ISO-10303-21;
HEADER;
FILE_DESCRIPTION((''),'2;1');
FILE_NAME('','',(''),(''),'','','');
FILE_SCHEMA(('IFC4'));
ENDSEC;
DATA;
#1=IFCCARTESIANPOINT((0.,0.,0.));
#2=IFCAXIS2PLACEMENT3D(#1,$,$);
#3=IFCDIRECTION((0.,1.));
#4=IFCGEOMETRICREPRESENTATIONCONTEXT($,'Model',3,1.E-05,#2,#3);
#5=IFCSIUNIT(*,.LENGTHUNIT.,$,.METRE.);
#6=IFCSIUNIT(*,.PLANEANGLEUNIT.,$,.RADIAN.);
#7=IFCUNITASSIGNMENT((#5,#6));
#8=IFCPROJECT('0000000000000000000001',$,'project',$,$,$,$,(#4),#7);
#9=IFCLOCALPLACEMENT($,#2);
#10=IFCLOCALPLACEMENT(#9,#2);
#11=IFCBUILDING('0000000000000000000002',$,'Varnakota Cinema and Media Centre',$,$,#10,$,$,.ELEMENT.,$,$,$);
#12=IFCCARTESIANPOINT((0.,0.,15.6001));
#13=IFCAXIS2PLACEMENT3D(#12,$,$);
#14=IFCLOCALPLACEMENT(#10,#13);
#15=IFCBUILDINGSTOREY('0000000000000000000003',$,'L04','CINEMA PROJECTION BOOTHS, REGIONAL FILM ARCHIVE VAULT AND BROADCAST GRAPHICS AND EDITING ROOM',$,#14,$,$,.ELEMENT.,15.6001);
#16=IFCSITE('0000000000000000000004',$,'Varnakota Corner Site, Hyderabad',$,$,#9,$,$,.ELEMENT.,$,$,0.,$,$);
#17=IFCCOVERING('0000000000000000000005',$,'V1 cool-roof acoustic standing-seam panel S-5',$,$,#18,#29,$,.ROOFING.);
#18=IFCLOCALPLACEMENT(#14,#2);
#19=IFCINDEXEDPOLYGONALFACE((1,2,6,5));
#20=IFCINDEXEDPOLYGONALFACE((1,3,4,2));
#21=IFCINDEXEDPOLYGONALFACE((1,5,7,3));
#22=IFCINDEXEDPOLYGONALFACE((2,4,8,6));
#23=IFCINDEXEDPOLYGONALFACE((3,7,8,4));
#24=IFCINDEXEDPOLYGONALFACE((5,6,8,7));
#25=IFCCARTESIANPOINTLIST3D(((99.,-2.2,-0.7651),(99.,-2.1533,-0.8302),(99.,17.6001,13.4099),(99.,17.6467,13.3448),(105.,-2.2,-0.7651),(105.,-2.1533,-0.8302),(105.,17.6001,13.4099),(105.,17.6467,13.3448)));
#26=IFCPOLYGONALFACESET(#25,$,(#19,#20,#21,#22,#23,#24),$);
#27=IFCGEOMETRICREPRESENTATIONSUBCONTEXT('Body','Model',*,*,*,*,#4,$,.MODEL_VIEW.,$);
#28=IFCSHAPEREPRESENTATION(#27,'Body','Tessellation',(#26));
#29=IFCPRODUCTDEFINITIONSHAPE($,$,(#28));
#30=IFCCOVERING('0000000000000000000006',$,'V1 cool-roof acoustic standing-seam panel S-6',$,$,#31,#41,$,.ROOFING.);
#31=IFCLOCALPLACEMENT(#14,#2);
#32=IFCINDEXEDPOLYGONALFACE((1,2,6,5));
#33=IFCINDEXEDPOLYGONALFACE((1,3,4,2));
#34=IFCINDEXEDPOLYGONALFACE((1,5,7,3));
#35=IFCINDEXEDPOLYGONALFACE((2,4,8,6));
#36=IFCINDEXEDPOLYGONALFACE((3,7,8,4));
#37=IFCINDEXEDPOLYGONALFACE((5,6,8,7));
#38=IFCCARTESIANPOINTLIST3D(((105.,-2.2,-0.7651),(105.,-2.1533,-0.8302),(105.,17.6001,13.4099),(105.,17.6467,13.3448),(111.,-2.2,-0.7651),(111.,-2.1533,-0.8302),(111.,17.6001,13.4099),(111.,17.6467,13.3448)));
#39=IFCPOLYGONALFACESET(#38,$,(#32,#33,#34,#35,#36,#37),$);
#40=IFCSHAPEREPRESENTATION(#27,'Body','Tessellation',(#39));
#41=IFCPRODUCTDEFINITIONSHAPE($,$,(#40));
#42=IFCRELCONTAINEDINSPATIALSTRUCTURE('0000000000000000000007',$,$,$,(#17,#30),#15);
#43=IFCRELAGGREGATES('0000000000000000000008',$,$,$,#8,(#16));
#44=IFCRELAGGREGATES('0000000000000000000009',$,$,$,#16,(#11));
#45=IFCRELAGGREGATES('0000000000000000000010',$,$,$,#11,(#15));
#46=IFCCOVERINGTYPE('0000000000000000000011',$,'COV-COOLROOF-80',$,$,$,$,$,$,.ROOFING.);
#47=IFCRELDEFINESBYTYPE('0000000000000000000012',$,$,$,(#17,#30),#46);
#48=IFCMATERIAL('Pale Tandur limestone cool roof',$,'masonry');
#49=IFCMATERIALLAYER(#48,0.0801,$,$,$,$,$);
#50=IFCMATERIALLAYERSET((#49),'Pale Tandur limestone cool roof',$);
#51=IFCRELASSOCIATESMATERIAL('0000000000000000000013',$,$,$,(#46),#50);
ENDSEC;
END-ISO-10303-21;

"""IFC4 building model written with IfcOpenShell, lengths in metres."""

from ifc_helpers import new_model, si_unit, direction, frame, origin, place, context, subcontext, project, spatial, polyline, outline, extrude, material, layer, layer_set, type_object, element, save


model = new_model("IFC4")

# Units and contexts
model_context = context("Model", 3, precision=1e-05, world=origin(), true_north=direction((0.0, 1.0)))
body_context = subcontext(model_context, "Body", "Model", "MODEL_VIEW")
ifc_project = project(units=[si_unit("LENGTHUNIT", "METRE"), si_unit("PLANEANGLEUNIT", "RADIAN")], contexts=[model_context])

# Site, building, storey
site_placement = place(None, origin())
site = spatial("IfcSite", under=ifc_project, at=site_placement, Name="Varnakota Corner Site, Hyderabad", CompositionType="ELEMENT", RefElevation=0.0)
building_placement = place(site_placement, origin())
building = spatial("IfcBuilding", under=site, at=building_placement, Name="Varnakota Cinema and Media Centre", CompositionType="ELEMENT")
storey_placement = place(building_placement, frame((0.0, 0.0, 15.6001)))
storey = spatial("IfcBuildingStorey", under=building, at=storey_placement, Name="L04", Description="CINEMA PROJECTION BOOTHS, REGIONAL FILM ARCHIVE VAULT AND BROADCAST GRAPHICS AND EDITING ROOM", CompositionType="ELEMENT", Elevation=15.6001)

# Coverings
ifc_material_1 = material(Name="Pale Tandur limestone cool roof", Category="masonry")
ifc_layer_1 = layer(ifc_material_1, 0.0801)
ifc_layer_set_1 = layer_set([ifc_layer_1], Name="Pale Tandur limestone cool roof")
covering_type = type_object("IfcCoveringType", Name="COV-COOLROOF-80", PredefinedType="ROOFING", material=ifc_layer_set_1)
for number, where, z_axis, x_axis, name in (
    (1, (99.0, -2.2, -0.7651), (0.0, -0.582112, 0.813108), (1.0, 0.0, 0.0), "V1 cool-roof acoustic standing-seam panel S-5"),
    (2, (105.0, -2.2, -0.7651), (0.0, -0.582112, 0.813108), (1.0, 0.0, 0.0), "V1 cool-roof acoustic standing-seam panel S-6"),
):
    element("IfcCovering", number, at=place(storey_placement, frame(where, z_axis=z_axis, x_axis=x_axis)), inside=storey, type_object=covering_type, Name=name, PredefinedType="ROOFING", context=body_context, shape_type="SweptSolid", body=[
        extrude(outline(polyline([(0.0, 0.0), (6.0, 0.0), (6.0, 24.3511), (0.0, 24.3511), (0.0, 0.0)])), origin(), (0.0, 0.0, -1.0), 0.0801),
    ])

save(model, "model.ifc")
